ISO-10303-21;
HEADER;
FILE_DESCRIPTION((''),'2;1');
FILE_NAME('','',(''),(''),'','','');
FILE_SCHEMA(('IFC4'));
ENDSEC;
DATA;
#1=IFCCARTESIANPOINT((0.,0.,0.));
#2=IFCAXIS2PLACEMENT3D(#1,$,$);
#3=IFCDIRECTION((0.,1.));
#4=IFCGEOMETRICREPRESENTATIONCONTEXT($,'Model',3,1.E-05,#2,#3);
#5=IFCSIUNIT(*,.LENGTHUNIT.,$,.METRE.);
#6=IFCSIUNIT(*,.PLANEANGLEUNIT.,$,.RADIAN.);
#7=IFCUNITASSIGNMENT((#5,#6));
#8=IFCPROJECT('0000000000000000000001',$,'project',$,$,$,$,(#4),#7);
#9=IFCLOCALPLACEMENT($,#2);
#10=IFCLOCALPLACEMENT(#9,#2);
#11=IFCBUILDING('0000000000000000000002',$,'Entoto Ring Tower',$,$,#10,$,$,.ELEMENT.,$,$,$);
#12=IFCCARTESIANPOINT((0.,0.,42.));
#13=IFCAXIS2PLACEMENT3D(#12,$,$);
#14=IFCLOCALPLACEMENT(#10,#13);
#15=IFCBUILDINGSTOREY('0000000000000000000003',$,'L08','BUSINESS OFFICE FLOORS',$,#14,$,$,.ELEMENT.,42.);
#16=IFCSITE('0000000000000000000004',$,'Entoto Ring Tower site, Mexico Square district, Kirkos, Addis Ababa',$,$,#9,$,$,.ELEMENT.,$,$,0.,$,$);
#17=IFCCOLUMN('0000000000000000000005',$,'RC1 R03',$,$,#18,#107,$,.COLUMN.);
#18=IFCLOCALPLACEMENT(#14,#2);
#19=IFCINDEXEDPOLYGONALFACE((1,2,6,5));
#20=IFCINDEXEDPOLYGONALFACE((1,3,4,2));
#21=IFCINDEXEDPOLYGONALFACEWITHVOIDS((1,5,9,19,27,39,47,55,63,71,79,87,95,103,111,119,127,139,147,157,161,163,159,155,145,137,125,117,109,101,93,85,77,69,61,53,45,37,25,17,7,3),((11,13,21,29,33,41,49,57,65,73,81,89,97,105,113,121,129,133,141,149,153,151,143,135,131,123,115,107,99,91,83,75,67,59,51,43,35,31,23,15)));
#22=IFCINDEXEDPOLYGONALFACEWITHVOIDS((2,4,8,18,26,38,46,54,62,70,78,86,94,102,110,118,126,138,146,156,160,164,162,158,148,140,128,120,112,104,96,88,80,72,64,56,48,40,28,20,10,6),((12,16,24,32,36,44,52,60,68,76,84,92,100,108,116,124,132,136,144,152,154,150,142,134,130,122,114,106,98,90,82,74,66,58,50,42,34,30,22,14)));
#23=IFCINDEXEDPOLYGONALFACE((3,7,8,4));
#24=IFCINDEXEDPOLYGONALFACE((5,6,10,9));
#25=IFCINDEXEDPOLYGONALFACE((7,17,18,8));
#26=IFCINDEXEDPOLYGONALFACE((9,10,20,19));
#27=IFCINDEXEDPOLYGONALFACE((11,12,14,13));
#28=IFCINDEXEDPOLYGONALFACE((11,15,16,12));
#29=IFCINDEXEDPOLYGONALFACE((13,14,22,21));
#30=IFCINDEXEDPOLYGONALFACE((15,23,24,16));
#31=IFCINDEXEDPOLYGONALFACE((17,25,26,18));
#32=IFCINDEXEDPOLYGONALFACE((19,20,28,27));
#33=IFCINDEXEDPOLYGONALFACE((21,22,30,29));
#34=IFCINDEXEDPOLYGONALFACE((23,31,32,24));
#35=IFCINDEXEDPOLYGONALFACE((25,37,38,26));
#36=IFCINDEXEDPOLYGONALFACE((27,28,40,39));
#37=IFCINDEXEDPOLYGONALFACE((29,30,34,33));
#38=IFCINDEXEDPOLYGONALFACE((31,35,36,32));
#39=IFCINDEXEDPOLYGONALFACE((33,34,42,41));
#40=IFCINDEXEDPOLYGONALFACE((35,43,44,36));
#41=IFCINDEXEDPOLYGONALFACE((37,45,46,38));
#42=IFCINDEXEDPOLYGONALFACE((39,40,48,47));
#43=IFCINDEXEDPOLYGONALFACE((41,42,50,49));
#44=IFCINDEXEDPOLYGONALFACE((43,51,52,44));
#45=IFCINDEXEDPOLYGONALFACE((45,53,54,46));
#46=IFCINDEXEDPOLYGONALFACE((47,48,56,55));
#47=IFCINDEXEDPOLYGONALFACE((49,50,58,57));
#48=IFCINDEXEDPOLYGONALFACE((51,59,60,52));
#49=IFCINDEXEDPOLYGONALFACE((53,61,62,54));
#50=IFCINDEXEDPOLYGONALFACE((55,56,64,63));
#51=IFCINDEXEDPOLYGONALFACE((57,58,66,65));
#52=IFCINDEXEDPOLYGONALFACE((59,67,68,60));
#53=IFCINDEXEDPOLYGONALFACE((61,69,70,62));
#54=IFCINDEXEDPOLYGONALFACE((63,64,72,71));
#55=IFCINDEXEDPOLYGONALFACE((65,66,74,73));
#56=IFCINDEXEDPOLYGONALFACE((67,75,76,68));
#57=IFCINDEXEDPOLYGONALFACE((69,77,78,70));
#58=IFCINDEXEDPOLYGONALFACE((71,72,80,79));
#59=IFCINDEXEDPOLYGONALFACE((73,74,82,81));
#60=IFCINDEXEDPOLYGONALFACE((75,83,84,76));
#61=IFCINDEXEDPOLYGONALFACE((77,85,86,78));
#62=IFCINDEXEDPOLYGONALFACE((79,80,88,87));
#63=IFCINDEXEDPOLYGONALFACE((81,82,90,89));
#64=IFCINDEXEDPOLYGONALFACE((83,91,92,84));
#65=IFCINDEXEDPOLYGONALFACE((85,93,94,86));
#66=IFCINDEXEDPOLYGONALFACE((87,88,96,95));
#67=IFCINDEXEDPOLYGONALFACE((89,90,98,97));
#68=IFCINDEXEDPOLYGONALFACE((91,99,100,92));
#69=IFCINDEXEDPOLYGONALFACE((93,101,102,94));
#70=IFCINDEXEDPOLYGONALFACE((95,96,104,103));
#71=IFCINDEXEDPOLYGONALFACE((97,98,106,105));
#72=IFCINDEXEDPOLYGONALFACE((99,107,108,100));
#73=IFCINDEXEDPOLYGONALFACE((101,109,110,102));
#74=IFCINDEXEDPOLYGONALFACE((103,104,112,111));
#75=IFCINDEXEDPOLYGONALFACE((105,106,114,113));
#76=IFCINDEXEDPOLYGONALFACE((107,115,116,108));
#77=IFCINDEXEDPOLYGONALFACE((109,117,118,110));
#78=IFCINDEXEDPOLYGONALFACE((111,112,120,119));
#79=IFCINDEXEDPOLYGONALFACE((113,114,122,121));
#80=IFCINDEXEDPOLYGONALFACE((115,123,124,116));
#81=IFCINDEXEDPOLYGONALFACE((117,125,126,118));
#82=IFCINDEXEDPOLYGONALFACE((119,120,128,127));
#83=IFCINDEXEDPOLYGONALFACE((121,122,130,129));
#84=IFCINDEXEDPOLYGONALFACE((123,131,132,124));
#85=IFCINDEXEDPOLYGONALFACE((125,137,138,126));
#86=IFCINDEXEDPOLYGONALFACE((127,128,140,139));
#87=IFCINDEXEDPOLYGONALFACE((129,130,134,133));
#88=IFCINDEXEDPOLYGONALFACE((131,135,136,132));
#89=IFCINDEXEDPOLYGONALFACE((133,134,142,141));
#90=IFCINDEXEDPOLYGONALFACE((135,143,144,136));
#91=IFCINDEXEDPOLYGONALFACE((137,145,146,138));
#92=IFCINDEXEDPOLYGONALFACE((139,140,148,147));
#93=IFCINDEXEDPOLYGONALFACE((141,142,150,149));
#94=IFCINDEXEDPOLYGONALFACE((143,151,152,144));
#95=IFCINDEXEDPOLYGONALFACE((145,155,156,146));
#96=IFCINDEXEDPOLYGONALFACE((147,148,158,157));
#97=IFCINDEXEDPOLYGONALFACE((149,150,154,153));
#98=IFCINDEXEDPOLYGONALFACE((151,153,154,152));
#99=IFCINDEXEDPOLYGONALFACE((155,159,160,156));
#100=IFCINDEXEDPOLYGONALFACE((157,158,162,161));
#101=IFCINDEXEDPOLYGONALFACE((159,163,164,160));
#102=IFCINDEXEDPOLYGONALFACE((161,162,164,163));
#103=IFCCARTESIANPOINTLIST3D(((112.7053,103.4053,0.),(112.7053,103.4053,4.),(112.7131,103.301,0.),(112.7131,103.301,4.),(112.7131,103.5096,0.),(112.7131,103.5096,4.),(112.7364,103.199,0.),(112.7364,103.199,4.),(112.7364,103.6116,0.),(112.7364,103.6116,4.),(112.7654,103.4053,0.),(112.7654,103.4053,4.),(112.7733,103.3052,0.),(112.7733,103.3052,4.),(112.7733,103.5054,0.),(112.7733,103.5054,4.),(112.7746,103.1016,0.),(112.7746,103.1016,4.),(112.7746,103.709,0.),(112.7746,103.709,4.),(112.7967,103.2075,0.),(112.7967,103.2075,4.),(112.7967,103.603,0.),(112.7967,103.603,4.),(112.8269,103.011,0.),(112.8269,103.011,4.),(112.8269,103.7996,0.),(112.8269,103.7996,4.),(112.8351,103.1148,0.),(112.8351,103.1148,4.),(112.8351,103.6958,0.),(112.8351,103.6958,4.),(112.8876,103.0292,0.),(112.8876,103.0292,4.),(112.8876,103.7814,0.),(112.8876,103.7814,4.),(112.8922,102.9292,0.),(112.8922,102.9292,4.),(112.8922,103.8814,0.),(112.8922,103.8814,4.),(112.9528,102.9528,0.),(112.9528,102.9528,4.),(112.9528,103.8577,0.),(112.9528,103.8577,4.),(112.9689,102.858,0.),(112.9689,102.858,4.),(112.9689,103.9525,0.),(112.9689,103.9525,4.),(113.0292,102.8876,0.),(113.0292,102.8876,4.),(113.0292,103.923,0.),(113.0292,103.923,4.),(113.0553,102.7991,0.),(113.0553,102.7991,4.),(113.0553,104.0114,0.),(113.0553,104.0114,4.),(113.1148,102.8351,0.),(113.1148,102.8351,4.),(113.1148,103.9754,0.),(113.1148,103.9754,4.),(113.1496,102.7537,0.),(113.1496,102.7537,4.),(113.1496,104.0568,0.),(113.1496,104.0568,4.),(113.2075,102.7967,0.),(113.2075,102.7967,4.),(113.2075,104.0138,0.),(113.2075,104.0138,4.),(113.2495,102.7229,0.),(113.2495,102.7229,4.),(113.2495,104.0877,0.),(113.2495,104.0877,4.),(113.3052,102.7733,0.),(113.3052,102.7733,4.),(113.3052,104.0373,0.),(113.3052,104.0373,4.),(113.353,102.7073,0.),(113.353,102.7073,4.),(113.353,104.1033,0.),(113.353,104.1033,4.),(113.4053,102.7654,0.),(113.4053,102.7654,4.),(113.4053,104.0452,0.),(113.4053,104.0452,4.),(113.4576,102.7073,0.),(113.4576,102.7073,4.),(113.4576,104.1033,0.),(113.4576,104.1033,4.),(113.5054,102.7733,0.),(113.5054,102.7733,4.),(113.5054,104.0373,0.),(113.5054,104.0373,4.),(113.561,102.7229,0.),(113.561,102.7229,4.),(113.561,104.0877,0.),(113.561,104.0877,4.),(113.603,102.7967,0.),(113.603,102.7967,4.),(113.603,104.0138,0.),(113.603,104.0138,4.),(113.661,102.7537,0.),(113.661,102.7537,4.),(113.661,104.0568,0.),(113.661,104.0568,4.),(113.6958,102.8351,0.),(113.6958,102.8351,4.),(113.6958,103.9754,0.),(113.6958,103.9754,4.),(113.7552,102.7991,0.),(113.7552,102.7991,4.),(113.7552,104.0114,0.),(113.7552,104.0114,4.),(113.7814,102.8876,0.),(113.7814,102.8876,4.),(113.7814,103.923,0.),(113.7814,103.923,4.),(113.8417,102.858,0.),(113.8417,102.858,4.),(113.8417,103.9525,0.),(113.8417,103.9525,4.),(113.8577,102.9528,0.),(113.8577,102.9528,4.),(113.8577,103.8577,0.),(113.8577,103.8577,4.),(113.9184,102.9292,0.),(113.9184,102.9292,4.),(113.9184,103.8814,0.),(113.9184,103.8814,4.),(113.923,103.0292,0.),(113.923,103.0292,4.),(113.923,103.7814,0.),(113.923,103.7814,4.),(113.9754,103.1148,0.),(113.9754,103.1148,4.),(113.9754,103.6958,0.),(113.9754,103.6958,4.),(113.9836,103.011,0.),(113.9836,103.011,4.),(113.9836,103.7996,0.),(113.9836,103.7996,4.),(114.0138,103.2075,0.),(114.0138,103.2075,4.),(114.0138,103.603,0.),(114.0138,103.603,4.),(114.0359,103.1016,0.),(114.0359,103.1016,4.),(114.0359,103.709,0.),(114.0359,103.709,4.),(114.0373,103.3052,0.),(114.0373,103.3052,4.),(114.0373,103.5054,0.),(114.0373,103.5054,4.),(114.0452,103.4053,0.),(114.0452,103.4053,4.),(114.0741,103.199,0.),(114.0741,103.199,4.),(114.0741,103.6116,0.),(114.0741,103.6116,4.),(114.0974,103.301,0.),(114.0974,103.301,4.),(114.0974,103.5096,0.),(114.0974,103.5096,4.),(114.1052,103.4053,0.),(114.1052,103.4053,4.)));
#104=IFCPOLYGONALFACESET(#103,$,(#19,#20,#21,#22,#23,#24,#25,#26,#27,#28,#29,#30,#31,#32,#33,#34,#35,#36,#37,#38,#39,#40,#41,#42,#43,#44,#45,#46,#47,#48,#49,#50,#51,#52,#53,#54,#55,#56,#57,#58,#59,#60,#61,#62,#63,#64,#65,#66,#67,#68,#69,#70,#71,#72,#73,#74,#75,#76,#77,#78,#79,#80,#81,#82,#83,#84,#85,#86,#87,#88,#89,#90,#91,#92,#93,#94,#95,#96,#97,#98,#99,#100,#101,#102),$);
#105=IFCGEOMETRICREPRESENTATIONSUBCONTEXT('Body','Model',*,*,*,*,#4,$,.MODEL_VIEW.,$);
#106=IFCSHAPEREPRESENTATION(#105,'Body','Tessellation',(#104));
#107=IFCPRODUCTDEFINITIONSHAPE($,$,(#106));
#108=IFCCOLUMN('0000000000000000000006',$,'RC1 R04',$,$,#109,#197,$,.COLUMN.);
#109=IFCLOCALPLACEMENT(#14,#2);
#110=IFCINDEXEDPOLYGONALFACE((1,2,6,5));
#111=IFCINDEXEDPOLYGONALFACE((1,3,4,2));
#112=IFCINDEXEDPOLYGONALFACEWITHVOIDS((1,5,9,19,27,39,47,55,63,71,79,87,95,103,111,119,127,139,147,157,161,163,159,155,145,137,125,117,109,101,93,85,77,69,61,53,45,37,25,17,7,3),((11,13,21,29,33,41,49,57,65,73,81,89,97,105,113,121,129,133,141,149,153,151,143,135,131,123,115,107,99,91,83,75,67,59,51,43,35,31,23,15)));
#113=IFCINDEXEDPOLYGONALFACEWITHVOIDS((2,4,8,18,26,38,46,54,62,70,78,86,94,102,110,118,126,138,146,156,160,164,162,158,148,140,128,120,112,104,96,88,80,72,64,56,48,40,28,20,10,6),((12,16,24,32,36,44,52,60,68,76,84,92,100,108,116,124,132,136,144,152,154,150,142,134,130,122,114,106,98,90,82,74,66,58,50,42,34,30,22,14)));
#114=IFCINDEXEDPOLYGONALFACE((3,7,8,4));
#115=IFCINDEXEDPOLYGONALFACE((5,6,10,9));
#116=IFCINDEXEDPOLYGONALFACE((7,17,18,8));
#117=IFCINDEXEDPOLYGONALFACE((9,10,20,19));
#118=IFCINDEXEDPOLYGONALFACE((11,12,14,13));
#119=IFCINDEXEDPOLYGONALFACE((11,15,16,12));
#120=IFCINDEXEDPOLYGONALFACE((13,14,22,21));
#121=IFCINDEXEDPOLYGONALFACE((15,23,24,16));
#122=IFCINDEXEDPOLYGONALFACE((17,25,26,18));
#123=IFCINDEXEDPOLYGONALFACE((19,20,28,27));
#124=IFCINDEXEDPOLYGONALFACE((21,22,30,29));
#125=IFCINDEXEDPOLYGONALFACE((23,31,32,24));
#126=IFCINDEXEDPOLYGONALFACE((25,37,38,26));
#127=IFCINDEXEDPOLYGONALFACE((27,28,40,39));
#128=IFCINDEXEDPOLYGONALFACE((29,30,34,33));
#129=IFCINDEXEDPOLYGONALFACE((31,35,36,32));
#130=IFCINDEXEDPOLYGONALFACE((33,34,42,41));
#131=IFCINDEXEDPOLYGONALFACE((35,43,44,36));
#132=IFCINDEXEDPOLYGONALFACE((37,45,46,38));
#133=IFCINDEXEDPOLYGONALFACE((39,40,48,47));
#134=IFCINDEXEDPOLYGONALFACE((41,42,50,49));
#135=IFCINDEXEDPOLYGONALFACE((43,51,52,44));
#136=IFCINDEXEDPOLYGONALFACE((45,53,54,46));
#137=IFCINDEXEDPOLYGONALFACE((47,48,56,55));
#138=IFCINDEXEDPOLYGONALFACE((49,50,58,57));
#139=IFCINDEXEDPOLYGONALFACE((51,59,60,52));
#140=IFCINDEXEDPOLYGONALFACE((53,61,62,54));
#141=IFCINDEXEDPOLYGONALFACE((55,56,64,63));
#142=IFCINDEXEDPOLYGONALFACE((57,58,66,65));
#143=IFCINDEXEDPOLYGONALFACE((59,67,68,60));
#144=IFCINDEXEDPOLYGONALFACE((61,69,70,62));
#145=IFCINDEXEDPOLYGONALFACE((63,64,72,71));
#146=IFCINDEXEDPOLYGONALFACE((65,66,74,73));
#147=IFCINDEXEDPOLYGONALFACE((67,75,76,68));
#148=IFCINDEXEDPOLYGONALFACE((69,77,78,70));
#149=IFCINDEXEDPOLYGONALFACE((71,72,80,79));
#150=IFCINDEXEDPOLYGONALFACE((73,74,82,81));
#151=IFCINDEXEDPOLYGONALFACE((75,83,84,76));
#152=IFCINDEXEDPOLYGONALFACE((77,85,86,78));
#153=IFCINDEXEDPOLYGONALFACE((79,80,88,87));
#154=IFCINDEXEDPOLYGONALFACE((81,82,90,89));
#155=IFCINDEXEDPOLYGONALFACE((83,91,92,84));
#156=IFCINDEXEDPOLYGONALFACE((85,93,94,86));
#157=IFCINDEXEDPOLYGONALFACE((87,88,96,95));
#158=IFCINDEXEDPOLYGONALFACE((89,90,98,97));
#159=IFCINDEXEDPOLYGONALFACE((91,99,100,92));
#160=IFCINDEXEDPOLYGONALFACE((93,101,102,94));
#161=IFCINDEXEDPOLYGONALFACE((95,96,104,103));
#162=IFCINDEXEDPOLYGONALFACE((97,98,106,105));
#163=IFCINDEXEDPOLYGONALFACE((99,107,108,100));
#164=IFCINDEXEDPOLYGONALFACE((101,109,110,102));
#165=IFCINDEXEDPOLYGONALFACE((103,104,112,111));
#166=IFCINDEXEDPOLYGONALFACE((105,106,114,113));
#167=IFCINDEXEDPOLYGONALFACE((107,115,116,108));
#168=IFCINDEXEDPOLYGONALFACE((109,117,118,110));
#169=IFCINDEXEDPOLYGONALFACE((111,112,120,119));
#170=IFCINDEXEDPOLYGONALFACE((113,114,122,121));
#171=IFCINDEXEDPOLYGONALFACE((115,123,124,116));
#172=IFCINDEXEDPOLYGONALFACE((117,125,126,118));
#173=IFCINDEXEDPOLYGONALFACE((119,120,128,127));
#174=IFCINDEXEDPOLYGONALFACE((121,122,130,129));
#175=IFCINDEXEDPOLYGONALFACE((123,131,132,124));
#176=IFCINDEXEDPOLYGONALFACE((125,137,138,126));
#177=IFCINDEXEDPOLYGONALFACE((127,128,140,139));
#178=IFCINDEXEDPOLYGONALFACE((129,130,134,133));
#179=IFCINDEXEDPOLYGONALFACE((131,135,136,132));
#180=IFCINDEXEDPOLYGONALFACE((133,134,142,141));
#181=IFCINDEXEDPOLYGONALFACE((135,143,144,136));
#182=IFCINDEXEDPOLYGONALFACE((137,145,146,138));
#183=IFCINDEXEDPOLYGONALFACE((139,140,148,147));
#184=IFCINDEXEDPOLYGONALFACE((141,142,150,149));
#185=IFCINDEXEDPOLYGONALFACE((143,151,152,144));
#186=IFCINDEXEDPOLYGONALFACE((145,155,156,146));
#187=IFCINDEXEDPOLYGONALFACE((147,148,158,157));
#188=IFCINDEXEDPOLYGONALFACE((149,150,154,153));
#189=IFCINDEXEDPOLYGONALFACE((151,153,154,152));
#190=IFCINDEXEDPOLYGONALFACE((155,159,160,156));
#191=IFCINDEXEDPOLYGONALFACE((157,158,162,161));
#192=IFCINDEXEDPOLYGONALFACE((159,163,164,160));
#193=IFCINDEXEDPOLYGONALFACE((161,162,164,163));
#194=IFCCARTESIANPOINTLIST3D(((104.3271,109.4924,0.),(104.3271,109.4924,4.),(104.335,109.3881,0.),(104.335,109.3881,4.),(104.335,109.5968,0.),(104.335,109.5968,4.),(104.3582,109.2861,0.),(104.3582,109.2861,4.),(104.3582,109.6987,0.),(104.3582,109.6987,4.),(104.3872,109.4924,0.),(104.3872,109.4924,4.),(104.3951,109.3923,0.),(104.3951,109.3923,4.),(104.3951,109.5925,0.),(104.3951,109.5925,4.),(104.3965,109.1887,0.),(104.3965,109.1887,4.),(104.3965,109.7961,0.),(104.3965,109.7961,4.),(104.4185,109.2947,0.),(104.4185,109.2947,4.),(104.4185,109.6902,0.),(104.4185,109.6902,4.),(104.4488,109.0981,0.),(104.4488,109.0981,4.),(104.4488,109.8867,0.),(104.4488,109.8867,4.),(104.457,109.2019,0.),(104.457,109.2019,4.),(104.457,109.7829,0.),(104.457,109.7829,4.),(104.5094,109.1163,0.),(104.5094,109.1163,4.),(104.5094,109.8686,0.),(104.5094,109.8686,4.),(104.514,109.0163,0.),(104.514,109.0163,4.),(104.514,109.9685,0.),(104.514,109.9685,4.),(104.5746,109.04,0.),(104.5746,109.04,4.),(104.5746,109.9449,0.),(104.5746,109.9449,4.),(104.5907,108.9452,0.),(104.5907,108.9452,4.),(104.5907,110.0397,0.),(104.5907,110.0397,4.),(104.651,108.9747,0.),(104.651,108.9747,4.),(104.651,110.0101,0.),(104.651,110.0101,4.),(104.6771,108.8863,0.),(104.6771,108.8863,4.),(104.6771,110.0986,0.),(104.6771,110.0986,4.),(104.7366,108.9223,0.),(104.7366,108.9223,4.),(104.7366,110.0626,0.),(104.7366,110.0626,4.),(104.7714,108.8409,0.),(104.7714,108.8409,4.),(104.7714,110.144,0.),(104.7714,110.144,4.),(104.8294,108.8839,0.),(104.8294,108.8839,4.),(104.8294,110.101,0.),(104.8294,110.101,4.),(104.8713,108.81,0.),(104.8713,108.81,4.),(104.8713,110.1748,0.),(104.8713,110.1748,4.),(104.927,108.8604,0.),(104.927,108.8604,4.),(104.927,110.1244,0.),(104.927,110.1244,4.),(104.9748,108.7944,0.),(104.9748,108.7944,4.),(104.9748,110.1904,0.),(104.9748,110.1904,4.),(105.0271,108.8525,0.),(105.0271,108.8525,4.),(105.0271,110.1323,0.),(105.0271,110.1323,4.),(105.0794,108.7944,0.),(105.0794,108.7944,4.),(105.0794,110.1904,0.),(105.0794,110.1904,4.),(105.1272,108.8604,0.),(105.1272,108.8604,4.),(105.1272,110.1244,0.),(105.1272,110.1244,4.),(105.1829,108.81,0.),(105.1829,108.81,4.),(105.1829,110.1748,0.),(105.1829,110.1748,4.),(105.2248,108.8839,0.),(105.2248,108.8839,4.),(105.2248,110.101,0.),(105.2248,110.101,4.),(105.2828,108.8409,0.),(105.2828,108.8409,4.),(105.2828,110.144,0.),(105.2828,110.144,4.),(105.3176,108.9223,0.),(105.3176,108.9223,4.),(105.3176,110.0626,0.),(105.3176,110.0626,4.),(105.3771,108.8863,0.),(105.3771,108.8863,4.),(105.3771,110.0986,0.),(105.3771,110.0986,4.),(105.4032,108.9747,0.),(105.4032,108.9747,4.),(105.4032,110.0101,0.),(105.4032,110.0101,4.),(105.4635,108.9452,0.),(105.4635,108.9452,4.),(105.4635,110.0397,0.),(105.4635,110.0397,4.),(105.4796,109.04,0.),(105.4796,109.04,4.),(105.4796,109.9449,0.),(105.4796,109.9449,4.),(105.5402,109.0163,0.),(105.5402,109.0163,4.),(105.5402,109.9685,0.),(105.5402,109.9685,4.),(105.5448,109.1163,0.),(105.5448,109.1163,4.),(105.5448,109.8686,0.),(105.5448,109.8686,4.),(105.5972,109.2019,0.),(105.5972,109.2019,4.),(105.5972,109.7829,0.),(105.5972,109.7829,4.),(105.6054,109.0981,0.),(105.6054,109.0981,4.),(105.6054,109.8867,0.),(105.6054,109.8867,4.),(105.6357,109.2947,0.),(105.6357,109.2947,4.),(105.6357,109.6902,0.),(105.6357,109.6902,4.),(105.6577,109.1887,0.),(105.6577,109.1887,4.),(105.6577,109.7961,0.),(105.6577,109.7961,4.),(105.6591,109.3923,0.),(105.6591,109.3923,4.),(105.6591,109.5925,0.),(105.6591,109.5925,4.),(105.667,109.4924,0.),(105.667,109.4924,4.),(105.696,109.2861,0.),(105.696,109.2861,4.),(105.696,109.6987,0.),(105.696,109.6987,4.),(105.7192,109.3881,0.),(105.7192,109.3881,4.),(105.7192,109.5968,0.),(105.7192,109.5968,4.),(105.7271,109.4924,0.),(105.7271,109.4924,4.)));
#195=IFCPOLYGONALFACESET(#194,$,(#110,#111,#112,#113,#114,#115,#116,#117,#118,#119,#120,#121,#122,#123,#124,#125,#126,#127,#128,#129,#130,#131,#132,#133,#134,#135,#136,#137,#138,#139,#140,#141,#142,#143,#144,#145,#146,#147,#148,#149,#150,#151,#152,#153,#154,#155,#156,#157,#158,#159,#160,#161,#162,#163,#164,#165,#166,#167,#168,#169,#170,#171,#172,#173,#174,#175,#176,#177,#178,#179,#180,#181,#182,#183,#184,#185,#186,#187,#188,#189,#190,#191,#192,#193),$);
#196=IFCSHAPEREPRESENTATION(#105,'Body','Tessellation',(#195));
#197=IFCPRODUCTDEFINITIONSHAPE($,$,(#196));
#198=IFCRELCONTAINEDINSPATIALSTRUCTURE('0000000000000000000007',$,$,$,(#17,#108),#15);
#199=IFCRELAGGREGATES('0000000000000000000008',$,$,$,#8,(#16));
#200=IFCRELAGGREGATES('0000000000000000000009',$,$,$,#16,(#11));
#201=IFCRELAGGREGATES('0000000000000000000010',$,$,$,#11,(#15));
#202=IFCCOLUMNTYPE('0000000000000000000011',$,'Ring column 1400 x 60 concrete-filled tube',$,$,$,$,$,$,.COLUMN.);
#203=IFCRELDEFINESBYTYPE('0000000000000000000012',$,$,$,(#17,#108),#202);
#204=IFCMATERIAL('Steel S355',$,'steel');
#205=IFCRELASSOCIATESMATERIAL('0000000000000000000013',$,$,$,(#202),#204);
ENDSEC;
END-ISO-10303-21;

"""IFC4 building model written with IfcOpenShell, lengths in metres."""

from ifc_helpers import new_model, si_unit, direction, frame, origin, origin_2d, place, context, subcontext, project, spatial, circle, hollow_circle, extrude, material, material_profile, profile_set, type_object, element, save


model = new_model("IFC4")

# Units and contexts
model_context = context("Model", 3, precision=1e-05, world=origin(), true_north=direction((0.0, 1.0)))
body_context = subcontext(model_context, "Body", "Model", "MODEL_VIEW")
ifc_project = project(units=[si_unit("LENGTHUNIT", "METRE"), si_unit("PLANEANGLEUNIT", "RADIAN")], contexts=[model_context])

# Site, building, storey
site_placement = place(None, origin())
site = spatial("IfcSite", under=ifc_project, at=site_placement, Name="Entoto Ring Tower site, Mexico Square district, Kirkos, Addis Ababa", CompositionType="ELEMENT", RefElevation=0.0)
building_placement = place(site_placement, origin())
building = spatial("IfcBuilding", under=site, at=building_placement, Name="Entoto Ring Tower", CompositionType="ELEMENT")
storey_placement = place(building_placement, frame((0.0, 0.0, 42.0)))
storey = spatial("IfcBuildingStorey", under=building, at=storey_placement, Name="L08", Description="BUSINESS OFFICE FLOORS", CompositionType="ELEMENT", Elevation=42.0)

# Columns
ifc_material_1 = material(Name="Steel S355", Category="steel")
ifc_material_profile_1 = material_profile(ifc_material_1, hollow_circle(Radius=0.7, WallThickness=0.0601, at=origin_2d()), Name="CHS 1400 x 60")
ifc_material_2 = material(Name="Concrete C60/75", Category="concrete")
ifc_material_profile_2 = material_profile(ifc_material_2, circle(Radius=0.6399, at=origin_2d()), Name="Concrete C60/75 infill")
ifc_profile_set_1 = profile_set([ifc_material_profile_1, ifc_material_profile_2], Name="Steel S355")
column_type = type_object("IfcColumnType", Name="Ring column 1400 x 60 concrete-filled tube", PredefinedType="COLUMN", material=ifc_profile_set_1)
for number, where, z_axis, x_axis, name in (
    (1, (113.4053, 103.4053, 0.0), (0.0, 0.0, 1.0), (1.0, 0.0, 0.0), "RC1 R03"),
    (2, (105.0271, 109.4924, 0.0), (0.0, 0.0, 1.0), (1.0, 0.0, 0.0), "RC1 R04"),
):
    element("IfcColumn", number, at=place(storey_placement, frame(where, z_axis=z_axis, x_axis=x_axis)), inside=storey, type_object=column_type, Name=name, PredefinedType="COLUMN", context=body_context, shape_type="SweptSolid", body=[
        extrude(hollow_circle(Radius=0.7, WallThickness=0.0601, at=origin_2d()), origin(), (0.0, 0.0, 1.0), 4.0),
    ])

save(model, "model.ifc")
